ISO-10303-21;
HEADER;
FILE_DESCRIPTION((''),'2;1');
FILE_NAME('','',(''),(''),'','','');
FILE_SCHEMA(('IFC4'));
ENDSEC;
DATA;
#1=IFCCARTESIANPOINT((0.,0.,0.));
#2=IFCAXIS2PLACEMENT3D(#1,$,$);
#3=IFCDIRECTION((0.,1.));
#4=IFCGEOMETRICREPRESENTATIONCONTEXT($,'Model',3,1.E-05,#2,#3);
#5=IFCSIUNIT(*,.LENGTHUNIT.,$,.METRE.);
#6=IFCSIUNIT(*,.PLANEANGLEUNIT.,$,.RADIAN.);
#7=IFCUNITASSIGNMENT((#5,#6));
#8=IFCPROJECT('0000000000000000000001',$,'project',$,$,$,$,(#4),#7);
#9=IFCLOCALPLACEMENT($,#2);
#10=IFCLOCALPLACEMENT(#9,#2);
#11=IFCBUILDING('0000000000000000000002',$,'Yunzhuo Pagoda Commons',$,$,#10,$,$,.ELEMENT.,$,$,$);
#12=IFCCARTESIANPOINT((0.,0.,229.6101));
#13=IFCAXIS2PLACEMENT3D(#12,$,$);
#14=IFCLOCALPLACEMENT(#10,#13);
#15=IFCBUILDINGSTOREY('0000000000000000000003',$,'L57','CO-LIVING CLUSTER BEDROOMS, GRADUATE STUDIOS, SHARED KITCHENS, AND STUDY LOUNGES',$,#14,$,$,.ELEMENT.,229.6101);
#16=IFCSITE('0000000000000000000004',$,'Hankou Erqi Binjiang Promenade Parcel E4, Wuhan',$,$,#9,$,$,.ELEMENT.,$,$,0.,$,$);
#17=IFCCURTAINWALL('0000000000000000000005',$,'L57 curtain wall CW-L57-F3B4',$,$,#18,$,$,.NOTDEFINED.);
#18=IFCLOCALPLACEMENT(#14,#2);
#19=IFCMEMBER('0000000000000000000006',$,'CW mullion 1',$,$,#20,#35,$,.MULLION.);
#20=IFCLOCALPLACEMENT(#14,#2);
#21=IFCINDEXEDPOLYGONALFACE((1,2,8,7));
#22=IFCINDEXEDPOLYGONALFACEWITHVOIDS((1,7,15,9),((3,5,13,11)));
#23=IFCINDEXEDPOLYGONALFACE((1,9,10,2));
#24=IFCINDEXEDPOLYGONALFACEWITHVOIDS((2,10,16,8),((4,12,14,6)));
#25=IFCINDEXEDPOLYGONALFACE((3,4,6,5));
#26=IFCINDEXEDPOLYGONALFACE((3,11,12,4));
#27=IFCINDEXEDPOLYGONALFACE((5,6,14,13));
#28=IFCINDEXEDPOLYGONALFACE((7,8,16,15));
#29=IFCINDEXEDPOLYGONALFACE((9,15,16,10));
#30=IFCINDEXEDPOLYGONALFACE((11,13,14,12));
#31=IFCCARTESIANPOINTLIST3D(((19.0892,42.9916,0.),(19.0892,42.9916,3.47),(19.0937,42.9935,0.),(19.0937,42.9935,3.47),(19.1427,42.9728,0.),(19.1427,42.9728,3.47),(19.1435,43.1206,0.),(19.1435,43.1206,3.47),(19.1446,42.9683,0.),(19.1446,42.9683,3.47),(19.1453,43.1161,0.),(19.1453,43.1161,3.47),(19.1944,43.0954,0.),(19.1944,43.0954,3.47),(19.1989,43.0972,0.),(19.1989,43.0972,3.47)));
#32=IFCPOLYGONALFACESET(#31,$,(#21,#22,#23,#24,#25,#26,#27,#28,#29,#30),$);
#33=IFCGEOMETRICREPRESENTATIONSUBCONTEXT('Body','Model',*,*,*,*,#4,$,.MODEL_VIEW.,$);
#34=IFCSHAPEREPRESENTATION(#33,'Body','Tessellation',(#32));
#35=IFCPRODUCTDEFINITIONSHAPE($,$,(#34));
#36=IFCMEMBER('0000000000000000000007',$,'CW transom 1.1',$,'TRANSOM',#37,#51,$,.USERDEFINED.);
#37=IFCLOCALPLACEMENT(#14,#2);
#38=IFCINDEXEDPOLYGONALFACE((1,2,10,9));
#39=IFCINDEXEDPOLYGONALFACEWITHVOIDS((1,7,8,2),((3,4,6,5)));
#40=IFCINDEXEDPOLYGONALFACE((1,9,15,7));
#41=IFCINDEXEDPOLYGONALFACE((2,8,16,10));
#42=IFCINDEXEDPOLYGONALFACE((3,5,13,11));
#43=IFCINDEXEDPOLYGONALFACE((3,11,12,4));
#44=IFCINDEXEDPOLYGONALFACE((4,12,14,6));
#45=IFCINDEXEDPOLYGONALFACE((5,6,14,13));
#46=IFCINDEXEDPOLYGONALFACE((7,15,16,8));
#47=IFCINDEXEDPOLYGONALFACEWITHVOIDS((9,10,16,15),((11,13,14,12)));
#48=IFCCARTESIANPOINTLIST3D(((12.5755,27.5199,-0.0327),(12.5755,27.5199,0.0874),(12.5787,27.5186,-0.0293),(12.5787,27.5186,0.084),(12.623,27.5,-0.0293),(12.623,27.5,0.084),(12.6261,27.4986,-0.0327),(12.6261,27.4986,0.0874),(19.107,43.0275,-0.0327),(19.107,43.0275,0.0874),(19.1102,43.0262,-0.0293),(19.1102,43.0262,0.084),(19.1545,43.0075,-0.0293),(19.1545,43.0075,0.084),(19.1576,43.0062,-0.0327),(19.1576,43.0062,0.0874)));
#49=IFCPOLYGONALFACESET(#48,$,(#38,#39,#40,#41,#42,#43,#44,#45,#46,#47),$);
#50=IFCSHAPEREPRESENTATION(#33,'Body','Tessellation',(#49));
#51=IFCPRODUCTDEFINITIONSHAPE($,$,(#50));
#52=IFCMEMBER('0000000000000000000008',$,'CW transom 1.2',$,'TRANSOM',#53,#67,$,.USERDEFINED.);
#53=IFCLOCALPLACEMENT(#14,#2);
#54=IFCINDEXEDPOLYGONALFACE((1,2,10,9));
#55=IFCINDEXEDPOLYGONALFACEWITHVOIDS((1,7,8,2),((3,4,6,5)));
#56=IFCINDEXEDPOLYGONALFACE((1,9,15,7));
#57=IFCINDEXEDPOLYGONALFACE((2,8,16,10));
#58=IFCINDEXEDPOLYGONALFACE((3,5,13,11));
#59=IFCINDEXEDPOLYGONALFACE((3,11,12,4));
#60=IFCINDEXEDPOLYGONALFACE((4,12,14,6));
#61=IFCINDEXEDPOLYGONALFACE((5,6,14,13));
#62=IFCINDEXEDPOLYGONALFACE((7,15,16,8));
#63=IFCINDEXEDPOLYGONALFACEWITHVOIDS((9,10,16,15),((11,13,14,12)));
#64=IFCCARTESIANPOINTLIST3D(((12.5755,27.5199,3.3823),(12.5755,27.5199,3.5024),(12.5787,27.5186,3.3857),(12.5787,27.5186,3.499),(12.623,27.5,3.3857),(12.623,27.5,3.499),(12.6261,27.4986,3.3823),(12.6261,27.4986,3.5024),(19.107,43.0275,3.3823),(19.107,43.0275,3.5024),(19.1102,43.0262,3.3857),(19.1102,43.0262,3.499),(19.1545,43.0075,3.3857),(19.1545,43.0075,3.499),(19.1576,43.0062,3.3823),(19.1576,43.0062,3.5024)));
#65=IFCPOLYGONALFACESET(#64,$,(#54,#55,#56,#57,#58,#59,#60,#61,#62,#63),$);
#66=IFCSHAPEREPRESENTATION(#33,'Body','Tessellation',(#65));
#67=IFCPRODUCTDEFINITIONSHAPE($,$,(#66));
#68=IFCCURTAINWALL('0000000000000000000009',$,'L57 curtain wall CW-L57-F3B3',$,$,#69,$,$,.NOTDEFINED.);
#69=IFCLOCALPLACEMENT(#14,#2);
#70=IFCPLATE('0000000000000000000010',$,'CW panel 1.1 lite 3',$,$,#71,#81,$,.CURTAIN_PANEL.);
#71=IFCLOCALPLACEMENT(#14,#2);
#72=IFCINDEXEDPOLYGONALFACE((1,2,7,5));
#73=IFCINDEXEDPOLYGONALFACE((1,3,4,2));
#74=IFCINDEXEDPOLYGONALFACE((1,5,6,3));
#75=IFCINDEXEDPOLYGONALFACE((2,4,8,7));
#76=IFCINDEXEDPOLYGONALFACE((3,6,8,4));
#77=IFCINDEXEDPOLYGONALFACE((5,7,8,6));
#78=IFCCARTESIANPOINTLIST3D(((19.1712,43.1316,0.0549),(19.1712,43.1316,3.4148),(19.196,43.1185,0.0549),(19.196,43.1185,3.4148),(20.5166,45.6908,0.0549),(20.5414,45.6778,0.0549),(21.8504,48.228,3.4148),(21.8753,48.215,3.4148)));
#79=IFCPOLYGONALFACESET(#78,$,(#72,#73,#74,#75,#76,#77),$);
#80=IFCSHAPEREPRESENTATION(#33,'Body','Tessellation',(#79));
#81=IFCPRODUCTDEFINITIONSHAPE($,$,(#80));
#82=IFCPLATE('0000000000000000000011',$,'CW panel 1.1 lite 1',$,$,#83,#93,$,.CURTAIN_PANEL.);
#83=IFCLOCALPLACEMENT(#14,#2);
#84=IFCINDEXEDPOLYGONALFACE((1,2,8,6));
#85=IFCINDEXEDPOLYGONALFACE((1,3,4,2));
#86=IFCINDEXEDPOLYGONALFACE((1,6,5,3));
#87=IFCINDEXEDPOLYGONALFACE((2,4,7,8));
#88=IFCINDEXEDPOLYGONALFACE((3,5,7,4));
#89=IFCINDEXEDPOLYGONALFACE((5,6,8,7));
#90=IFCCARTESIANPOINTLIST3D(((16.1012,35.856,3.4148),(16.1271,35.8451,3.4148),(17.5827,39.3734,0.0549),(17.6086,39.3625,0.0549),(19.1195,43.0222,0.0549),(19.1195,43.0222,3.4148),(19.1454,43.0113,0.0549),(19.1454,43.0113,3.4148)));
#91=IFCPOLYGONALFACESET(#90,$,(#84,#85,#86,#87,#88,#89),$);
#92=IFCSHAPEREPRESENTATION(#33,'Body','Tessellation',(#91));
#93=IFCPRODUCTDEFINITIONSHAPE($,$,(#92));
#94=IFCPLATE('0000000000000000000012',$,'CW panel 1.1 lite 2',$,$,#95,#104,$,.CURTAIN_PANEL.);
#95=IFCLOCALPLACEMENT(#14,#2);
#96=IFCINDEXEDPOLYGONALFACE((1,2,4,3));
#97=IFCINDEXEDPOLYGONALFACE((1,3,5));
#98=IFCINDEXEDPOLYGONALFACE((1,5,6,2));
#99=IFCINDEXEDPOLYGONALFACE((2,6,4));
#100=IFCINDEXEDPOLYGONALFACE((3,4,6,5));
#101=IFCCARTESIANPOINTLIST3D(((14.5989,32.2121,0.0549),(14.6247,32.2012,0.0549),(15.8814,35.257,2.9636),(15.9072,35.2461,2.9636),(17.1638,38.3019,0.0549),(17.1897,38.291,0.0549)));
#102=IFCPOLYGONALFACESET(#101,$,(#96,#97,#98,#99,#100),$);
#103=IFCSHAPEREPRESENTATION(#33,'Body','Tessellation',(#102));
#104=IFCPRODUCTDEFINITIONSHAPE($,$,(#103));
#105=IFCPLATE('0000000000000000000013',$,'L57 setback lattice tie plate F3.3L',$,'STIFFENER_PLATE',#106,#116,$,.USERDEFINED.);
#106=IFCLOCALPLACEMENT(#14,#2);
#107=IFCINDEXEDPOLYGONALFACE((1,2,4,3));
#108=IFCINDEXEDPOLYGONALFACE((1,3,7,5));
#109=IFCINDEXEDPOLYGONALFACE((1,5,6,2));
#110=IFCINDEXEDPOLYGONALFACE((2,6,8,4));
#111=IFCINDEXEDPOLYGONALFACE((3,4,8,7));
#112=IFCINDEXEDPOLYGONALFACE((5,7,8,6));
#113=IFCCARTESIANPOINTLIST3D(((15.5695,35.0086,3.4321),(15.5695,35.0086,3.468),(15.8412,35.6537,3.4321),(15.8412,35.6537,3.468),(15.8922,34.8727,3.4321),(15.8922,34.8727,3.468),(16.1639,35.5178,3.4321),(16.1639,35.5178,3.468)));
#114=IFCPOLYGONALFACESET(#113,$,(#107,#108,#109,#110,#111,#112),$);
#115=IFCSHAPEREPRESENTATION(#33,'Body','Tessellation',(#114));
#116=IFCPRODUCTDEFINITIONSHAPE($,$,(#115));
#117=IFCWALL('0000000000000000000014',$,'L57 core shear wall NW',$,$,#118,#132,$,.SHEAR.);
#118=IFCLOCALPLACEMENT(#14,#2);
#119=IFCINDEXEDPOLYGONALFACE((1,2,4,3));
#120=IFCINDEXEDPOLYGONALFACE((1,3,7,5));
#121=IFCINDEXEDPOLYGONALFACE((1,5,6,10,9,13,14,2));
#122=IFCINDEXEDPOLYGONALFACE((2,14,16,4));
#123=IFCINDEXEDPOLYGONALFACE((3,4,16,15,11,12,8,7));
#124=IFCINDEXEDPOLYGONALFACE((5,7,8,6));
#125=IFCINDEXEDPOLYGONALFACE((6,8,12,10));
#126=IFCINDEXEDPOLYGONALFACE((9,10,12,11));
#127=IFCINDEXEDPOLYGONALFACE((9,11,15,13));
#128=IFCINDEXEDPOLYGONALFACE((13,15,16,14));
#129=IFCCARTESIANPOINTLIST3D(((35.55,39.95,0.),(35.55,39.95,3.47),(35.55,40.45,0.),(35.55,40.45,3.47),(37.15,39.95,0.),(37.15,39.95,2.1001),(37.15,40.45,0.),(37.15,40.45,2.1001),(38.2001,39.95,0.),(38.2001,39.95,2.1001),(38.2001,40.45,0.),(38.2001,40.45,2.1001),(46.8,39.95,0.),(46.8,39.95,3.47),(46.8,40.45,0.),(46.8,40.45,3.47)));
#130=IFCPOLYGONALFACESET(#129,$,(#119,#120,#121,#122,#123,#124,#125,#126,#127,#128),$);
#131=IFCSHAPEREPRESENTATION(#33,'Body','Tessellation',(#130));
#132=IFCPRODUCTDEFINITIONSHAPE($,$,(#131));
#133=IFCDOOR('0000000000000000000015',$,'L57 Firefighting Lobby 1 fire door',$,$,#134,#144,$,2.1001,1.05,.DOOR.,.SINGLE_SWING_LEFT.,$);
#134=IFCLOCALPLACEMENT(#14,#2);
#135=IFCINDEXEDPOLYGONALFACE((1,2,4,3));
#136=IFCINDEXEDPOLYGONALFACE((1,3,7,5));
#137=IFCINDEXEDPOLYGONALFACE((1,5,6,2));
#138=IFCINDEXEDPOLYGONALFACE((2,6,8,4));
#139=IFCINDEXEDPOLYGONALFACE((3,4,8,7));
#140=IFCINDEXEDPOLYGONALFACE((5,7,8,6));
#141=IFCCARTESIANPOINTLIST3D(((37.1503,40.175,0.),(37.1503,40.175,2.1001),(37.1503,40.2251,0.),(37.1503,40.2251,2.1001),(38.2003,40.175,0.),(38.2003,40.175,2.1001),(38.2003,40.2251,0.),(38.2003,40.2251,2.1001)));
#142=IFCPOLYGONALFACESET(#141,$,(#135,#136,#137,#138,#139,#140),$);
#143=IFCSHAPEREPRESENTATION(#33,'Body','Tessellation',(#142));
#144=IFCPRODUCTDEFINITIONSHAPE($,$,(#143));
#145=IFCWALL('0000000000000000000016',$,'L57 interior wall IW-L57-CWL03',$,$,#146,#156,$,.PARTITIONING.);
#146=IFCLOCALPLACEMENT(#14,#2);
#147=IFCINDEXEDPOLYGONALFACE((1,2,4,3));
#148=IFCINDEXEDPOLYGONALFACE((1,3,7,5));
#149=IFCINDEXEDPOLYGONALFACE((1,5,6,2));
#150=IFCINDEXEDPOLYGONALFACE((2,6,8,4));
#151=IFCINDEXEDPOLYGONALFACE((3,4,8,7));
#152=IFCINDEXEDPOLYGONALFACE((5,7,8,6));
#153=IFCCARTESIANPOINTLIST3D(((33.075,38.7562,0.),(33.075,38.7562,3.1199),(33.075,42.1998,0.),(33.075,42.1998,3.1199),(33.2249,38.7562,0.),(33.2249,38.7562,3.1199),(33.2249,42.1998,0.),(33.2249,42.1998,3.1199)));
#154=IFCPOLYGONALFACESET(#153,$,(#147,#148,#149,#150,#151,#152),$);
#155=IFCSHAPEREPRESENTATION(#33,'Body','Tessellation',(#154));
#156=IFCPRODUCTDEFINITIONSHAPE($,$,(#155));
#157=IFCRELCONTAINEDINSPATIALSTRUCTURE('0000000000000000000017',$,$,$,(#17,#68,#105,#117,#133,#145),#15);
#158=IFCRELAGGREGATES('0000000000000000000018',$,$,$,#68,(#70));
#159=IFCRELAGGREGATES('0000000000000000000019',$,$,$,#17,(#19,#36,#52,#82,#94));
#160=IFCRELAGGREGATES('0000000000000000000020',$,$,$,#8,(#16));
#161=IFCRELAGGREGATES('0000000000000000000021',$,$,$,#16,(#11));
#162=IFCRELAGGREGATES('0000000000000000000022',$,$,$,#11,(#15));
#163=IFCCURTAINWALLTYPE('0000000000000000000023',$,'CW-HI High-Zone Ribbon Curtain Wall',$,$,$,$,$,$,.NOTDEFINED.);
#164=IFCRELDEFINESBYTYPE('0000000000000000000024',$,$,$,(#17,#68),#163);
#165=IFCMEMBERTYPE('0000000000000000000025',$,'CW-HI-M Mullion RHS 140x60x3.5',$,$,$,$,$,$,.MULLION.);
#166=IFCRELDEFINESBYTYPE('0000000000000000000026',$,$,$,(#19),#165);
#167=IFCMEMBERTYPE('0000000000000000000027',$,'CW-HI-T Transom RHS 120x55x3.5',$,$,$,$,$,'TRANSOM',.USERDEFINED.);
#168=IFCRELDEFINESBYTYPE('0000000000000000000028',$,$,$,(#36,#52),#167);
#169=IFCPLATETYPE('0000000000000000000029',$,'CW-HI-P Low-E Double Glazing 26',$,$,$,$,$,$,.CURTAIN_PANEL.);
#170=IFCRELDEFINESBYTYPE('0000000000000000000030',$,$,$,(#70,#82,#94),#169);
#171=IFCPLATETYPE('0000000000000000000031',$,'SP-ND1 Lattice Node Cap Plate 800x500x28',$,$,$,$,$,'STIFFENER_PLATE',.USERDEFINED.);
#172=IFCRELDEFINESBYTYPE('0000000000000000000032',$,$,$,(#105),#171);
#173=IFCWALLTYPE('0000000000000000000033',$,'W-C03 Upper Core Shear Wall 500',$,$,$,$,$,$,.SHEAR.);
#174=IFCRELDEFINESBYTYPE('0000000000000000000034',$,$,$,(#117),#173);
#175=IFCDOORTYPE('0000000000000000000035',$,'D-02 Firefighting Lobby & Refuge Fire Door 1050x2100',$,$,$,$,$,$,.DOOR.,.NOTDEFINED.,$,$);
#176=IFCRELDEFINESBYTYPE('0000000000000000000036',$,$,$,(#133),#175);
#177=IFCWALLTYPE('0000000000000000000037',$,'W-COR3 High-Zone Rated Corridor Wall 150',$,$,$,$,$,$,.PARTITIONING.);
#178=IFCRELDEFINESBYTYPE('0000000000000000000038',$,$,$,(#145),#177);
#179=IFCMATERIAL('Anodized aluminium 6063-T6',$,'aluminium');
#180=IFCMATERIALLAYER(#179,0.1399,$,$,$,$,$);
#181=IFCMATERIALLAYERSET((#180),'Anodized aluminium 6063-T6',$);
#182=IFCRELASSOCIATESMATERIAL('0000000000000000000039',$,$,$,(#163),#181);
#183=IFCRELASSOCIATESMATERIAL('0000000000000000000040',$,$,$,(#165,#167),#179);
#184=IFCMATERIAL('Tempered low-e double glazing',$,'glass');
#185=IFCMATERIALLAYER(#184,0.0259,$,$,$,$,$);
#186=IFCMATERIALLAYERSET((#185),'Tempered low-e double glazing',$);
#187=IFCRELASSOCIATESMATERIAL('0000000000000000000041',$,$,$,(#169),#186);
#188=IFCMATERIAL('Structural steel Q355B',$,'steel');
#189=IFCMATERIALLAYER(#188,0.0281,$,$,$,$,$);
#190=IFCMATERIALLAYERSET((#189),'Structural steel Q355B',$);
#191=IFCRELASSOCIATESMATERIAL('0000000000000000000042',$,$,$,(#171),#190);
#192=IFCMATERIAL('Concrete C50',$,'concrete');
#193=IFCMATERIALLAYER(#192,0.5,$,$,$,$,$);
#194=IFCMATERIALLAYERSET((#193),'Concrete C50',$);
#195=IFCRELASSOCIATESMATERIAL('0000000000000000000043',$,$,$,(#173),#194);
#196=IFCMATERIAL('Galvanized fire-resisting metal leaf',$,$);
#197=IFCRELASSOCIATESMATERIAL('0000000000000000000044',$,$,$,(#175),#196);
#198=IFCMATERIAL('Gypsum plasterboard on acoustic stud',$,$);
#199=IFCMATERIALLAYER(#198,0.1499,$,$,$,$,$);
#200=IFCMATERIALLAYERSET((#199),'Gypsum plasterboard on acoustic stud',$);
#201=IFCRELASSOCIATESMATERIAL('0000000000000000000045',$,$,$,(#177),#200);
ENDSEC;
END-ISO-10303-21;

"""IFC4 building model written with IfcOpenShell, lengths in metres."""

from ifc_helpers import new_model, si_unit, direction, frame, frame_2d, origin, origin_2d, place, context, subcontext, project, spatial, polyline, rectangle, hollow_rectangle, outline, extrude, source, transform, mapped, material, layer, layer_set, material_profile, profile_set, type_object, element, fill, aggregate, save


model = new_model("IFC4")

# Units and contexts
model_context = context("Model", 3, precision=1e-05, world=origin(), true_north=direction((0.0, 1.0)))
body_context = subcontext(model_context, "Body", "Model", "MODEL_VIEW")
ifc_project = project(units=[si_unit("LENGTHUNIT", "METRE"), si_unit("PLANEANGLEUNIT", "RADIAN")], contexts=[model_context])

# Site, building, storey
site_placement = place(None, origin())
site = spatial("IfcSite", under=ifc_project, at=site_placement, Name="Hankou Erqi Binjiang Promenade Parcel E4, Wuhan", CompositionType="ELEMENT", RefElevation=0.0)
building_placement = place(site_placement, origin())
building = spatial("IfcBuilding", under=site, at=building_placement, Name="Yunzhuo Pagoda Commons", CompositionType="ELEMENT")
storey_placement = place(building_placement, frame((0.0, 0.0, 229.6101)))
storey = spatial("IfcBuildingStorey", under=building, at=storey_placement, Name="L57", Description="CO-LIVING CLUSTER BEDROOMS, GRADUATE STUDIOS, SHARED KITCHENS, AND STUDY LOUNGES", CompositionType="ELEMENT", Elevation=229.6101)

# Shared definitions
ifc_material_1 = material(Name="Structural steel Q355B", Category="steel")

# Curtain wall, members
ifc_material_2 = material(Name="Anodized aluminium 6063-T6", Category="aluminium")
ifc_layer_1 = layer(ifc_material_2, 0.1399)
ifc_layer_set_1 = layer_set([ifc_layer_1], Name="Anodized aluminium 6063-T6")
curtain_wall_type = type_object("IfcCurtainWallType", Name="CW-HI High-Zone Ribbon Curtain Wall", PredefinedType="NOTDEFINED", material=ifc_layer_set_1)
curtain_wall_1_placement = place(storey_placement, origin())
curtain_wall_1 = element("IfcCurtainWall", 1, at=curtain_wall_1_placement, inside=storey, type_object=curtain_wall_type, Name="L57 curtain wall CW-L57-F3B4", PredefinedType="NOTDEFINED")
ifc_material_profile_1 = material_profile(ifc_material_2, hollow_rectangle(XDim=0.0601, YDim=0.1399, WallThickness=0.0034, at=origin_2d()), Name="Anodized aluminium 6063-T6")
ifc_profile_set_1 = profile_set([ifc_material_profile_1], Name="Anodized aluminium 6063-T6")
member_type_1 = type_object("IfcMemberType", Name="CW-HI-M Mullion RHS 140x60x3.5", PredefinedType="MULLION", material=ifc_profile_set_1)
shared_shape_1 = source(origin(), body_context, "Body", "SweptSolid", [
    extrude(hollow_rectangle(XDim=0.0601, YDim=0.1399, WallThickness=0.0034, at=origin_2d()), origin(), (0.0, 0.0, 1.0), 3.47),
])
member_1_placement = place(storey_placement, frame((19.144, 43.0444, 0.0), z_axis=(0.0, 0.0, 1.0), x_axis=(0.921589, -0.388167, 0.0)))
member_1 = element("IfcMember", 2, at=member_1_placement, type_object=member_type_1, Name="CW mullion 1", PredefinedType="MULLION", context=body_context, shape_type="MappedRepresentation", body=[
    mapped(shared_shape_1, transform((0.0, 0.0, 0.0), scale=1.0)),
])
ifc_material_profile_2 = material_profile(ifc_material_2, hollow_rectangle(XDim=0.0549, YDim=0.1201, WallThickness=0.0034, at=origin_2d()), Name="Anodized aluminium 6063-T6")
ifc_profile_set_2 = profile_set([ifc_material_profile_2], Name="Anodized aluminium 6063-T6")
member_type_2 = type_object("IfcMemberType", Name="CW-HI-T Transom RHS 120x55x3.5", ElementType="TRANSOM", PredefinedType="USERDEFINED", material=ifc_profile_set_2)
shared_shape_2 = source(origin(), body_context, "Body", "SweptSolid", [
    extrude(hollow_rectangle(XDim=0.0549, YDim=0.1201, WallThickness=0.0034, at=origin_2d()), origin(), (0.0, 0.0, 1.0), 16.8269),
])
member_2_placement = place(storey_placement, frame((19.1323, 43.0168, 0.0273), z_axis=(-0.388158, -0.921593, 0.0), x_axis=(0.921593, -0.388158, 0.0)))
member_2 = element("IfcMember", 3, at=member_2_placement, type_object=member_type_2, Name="CW transom 1.1", ObjectType="TRANSOM", PredefinedType="USERDEFINED", context=body_context, shape_type="MappedRepresentation", body=[
    mapped(shared_shape_2, transform((0.0, 0.0, 0.0), scale=1.0)),
])
member_3_placement = place(storey_placement, frame((19.1323, 43.0168, 3.4424), z_axis=(-0.388158, -0.921593, 0.0), x_axis=(0.921593, -0.388158, 0.0)))
member_3 = element("IfcMember", 4, at=member_3_placement, type_object=member_type_2, Name="CW transom 1.2", ObjectType="TRANSOM", PredefinedType="USERDEFINED", context=body_context, shape_type="MappedRepresentation", body=[
    mapped(shared_shape_2, transform((0.0, 0.0, 0.0), scale=1.0)),
])

# Curtain wall, plate
curtain_wall_2_placement = place(storey_placement, origin())
curtain_wall_2 = element("IfcCurtainWall", 5, at=curtain_wall_2_placement, inside=storey, type_object=curtain_wall_type, Name="L57 curtain wall CW-L57-F3B3", PredefinedType="NOTDEFINED")
ifc_material_3 = material(Name="Tempered low-e double glazing", Category="glass")
ifc_layer_2 = layer(ifc_material_3, 0.0259)
ifc_layer_set_2 = layer_set([ifc_layer_2], Name="Tempered low-e double glazing")
plate_type_1 = type_object("IfcPlateType", Name="CW-HI-P Low-E Double Glazing 26", PredefinedType="CURTAIN_PANEL", material=ifc_layer_set_2)
plate_1_placement = place(storey_placement, frame((20.5356, 45.6667, 1.7349), z_axis=(-0.885138, 0.465329, 0.0), x_axis=(-0.465329, -0.885138, 0.0)))
plate_1 = element("IfcPlate", 6, at=plate_1_placement, type_object=plate_type_1, Name="CW panel 1.1 lite 3", PredefinedType="CURTAIN_PANEL", context=body_context, shape_type="SweptSolid", body=[
    extrude(outline(polyline([(-2.8789, 1.6799), (-0.0125, -1.6799), (2.8789, -1.6799), (2.8789, 1.6799), (-2.8789, 1.6799)])), origin(), (0.0, 0.0, 1.0), 0.0281),
])
aggregate(curtain_wall_2, [plate_1])

# Plates
plate_2_placement = place(storey_placement, frame((17.6362, 39.4282, 1.7349), z_axis=(-0.921589, 0.388167, 0.0), x_axis=(-0.388167, -0.921589, 0.0)))
plate_2 = element("IfcPlate", 7, at=plate_2_placement, type_object=plate_type_1, Name="CW panel 1.1 lite 1", PredefinedType="CURTAIN_PANEL", context=body_context, shape_type="SweptSolid", body=[
    extrude(outline(polyline([(-3.8879, -1.6799), (0.0713, -1.6799), (3.8879, 1.6799), (-3.8879, 1.6799), (-3.8879, -1.6799)])), origin(), (0.0, 0.0, 1.0), 0.0281),
])
plate_3_placement = place(storey_placement, frame((15.9072, 35.2461, 1.5093), z_axis=(-0.921589, 0.388167, 0.0), x_axis=(-0.388167, -0.921589, 0.0)))
plate_3 = element("IfcPlate", 8, at=plate_3_placement, type_object=plate_type_1, Name="CW panel 1.1 lite 2", PredefinedType="CURTAIN_PANEL", context=body_context, shape_type="SweptSolid", body=[
    extrude(outline(polyline([(-3.304, -1.4543), (3.304, -1.4543), (0.0, 1.4543), (-3.304, -1.4543)])), origin(), (0.0, 0.0, 1.0), 0.0281),
])
aggregate(curtain_wall_1, [member_1, member_2, member_3, plate_2, plate_3])
ifc_layer_3 = layer(ifc_material_1, 0.0281)
ifc_layer_set_3 = layer_set([ifc_layer_3], Name="Structural steel Q355B")
plate_type_2 = type_object("IfcPlateType", Name="SP-ND1 Lattice Node Cap Plate 800x500x28", ElementType="STIFFENER_PLATE", PredefinedType="USERDEFINED", material=ifc_layer_set_3)
shared_shape_3 = source(origin(), body_context, "Body", "SweptSolid", [
    extrude(rectangle(XDim=0.7, YDim=0.3501, at=origin_2d()), origin(), (0.0, 0.0, 1.0), 0.0359),
])
plate_4_placement = place(storey_placement, frame((15.8667, 35.2632, 3.4321), z_axis=(0.0, 0.0, 1.0), x_axis=(-0.388175, -0.921586, 0.0)))
element("IfcPlate", 9, at=plate_4_placement, inside=storey, type_object=plate_type_2, Name="L57 setback lattice tie plate F3.3L", ObjectType="STIFFENER_PLATE", PredefinedType="USERDEFINED", context=body_context, shape_type="MappedRepresentation", body=[
    mapped(shared_shape_3, transform((0.0, 0.0, 0.0), scale=1.0)),
])

# Wall, opening, door
ifc_material_4 = material(Name="Concrete C50", Category="concrete")
ifc_layer_4 = layer(ifc_material_4, 0.5)
ifc_layer_set_4 = layer_set([ifc_layer_4], Name="Concrete C50")
wall_type_1 = type_object("IfcWallType", Name="W-C03 Upper Core Shear Wall 500", PredefinedType="SHEAR", material=ifc_layer_set_4)
wall_1_placement = place(storey_placement, frame((35.55, 40.2, 0.0), z_axis=(0.0, 0.0, 1.0), x_axis=(1.0, 0.0, 0.0)))
wall_1 = element("IfcWall", 10, at=wall_1_placement, inside=storey, type_object=wall_type_1, Name="L57 core shear wall NW", PredefinedType="SHEAR", context=body_context, shape_type="SweptSolid", body=[
    extrude(rectangle(XDim=11.25, YDim=0.5, at=frame_2d((5.625, 0.0))), origin(), (0.0, 0.0, 1.0), 3.47),
])
opening_1_placement = place(wall_1_placement, frame((1.6001, 0.0, 0.0)))
opening_1 = element("IfcOpeningElement", 11, at=opening_1_placement, cuts=wall_1, PredefinedType="OPENING", context=body_context, shape_type="SweptSolid", body=[
    extrude(rectangle(XDim=1.05, YDim=2.1001, at=frame_2d((0.5249, 1.05))), frame((0.0, 0.26, 0.0), z_axis=(0.0, -1.0, 0.0), x_axis=(1.0, 0.0, 0.0)), (0.0, 0.0, 1.0), 0.52),
])
ifc_material_5 = material(Name="Galvanized fire-resisting metal leaf")
door_type_1 = type_object("IfcDoorType", Name="D-02 Firefighting Lobby & Refuge Fire Door 1050x2100", OperationType="NOTDEFINED", PredefinedType="DOOR", material=ifc_material_5)
shared_shape_4 = source(origin(), body_context, "Body", "SweptSolid", [
    extrude(rectangle(XDim=1.05, YDim=2.1001, at=frame_2d((0.5249, 1.05))), frame((0.0, 0.0249, 0.0), z_axis=(0.0, -1.0, 0.0), x_axis=(1.0, 0.0, 0.0)), (0.0, 0.0, 1.0), 0.05),
])
door_1_placement = place(opening_1_placement, frame((1.05, 0.0, 0.0), z_axis=(0.0, 0.0, 1.0), x_axis=(-1.0, 0.0, 0.0)))
door_1 = element("IfcDoor", 12, at=door_1_placement, inside=storey, type_object=door_type_1, Name="L57 Firefighting Lobby 1 fire door", OperationType="SINGLE_SWING_LEFT", OverallHeight=2.1001, OverallWidth=1.05, PredefinedType="DOOR", context=body_context, shape_type="MappedRepresentation", body=[
    mapped(shared_shape_4, transform((0.0, 0.0, 0.0), scale=1.0)),
])
fill(opening_1, door_1)

# Wall
ifc_material_6 = material(Name="Gypsum plasterboard on acoustic stud")
ifc_layer_5 = layer(ifc_material_6, 0.1499)
ifc_layer_set_5 = layer_set([ifc_layer_5], Name="Gypsum plasterboard on acoustic stud")
wall_type_2 = type_object("IfcWallType", Name="W-COR3 High-Zone Rated Corridor Wall 150", PredefinedType="PARTITIONING", material=ifc_layer_set_5)
wall_2_placement = place(storey_placement, frame((33.1499, 38.7563, 0.0), z_axis=(0.0, 0.0, 1.0), x_axis=(0.0, 1.0, 0.0)))
element("IfcWall", 13, at=wall_2_placement, inside=storey, type_object=wall_type_2, Name="L57 interior wall IW-L57-CWL03", PredefinedType="PARTITIONING", context=body_context, shape_type="SweptSolid", body=[
    extrude(rectangle(XDim=3.4436, YDim=0.1499, at=frame_2d((1.7217, 0.0))), origin(), (0.0, 0.0, 1.0), 3.1199),
])

save(model, "model.ifc")
